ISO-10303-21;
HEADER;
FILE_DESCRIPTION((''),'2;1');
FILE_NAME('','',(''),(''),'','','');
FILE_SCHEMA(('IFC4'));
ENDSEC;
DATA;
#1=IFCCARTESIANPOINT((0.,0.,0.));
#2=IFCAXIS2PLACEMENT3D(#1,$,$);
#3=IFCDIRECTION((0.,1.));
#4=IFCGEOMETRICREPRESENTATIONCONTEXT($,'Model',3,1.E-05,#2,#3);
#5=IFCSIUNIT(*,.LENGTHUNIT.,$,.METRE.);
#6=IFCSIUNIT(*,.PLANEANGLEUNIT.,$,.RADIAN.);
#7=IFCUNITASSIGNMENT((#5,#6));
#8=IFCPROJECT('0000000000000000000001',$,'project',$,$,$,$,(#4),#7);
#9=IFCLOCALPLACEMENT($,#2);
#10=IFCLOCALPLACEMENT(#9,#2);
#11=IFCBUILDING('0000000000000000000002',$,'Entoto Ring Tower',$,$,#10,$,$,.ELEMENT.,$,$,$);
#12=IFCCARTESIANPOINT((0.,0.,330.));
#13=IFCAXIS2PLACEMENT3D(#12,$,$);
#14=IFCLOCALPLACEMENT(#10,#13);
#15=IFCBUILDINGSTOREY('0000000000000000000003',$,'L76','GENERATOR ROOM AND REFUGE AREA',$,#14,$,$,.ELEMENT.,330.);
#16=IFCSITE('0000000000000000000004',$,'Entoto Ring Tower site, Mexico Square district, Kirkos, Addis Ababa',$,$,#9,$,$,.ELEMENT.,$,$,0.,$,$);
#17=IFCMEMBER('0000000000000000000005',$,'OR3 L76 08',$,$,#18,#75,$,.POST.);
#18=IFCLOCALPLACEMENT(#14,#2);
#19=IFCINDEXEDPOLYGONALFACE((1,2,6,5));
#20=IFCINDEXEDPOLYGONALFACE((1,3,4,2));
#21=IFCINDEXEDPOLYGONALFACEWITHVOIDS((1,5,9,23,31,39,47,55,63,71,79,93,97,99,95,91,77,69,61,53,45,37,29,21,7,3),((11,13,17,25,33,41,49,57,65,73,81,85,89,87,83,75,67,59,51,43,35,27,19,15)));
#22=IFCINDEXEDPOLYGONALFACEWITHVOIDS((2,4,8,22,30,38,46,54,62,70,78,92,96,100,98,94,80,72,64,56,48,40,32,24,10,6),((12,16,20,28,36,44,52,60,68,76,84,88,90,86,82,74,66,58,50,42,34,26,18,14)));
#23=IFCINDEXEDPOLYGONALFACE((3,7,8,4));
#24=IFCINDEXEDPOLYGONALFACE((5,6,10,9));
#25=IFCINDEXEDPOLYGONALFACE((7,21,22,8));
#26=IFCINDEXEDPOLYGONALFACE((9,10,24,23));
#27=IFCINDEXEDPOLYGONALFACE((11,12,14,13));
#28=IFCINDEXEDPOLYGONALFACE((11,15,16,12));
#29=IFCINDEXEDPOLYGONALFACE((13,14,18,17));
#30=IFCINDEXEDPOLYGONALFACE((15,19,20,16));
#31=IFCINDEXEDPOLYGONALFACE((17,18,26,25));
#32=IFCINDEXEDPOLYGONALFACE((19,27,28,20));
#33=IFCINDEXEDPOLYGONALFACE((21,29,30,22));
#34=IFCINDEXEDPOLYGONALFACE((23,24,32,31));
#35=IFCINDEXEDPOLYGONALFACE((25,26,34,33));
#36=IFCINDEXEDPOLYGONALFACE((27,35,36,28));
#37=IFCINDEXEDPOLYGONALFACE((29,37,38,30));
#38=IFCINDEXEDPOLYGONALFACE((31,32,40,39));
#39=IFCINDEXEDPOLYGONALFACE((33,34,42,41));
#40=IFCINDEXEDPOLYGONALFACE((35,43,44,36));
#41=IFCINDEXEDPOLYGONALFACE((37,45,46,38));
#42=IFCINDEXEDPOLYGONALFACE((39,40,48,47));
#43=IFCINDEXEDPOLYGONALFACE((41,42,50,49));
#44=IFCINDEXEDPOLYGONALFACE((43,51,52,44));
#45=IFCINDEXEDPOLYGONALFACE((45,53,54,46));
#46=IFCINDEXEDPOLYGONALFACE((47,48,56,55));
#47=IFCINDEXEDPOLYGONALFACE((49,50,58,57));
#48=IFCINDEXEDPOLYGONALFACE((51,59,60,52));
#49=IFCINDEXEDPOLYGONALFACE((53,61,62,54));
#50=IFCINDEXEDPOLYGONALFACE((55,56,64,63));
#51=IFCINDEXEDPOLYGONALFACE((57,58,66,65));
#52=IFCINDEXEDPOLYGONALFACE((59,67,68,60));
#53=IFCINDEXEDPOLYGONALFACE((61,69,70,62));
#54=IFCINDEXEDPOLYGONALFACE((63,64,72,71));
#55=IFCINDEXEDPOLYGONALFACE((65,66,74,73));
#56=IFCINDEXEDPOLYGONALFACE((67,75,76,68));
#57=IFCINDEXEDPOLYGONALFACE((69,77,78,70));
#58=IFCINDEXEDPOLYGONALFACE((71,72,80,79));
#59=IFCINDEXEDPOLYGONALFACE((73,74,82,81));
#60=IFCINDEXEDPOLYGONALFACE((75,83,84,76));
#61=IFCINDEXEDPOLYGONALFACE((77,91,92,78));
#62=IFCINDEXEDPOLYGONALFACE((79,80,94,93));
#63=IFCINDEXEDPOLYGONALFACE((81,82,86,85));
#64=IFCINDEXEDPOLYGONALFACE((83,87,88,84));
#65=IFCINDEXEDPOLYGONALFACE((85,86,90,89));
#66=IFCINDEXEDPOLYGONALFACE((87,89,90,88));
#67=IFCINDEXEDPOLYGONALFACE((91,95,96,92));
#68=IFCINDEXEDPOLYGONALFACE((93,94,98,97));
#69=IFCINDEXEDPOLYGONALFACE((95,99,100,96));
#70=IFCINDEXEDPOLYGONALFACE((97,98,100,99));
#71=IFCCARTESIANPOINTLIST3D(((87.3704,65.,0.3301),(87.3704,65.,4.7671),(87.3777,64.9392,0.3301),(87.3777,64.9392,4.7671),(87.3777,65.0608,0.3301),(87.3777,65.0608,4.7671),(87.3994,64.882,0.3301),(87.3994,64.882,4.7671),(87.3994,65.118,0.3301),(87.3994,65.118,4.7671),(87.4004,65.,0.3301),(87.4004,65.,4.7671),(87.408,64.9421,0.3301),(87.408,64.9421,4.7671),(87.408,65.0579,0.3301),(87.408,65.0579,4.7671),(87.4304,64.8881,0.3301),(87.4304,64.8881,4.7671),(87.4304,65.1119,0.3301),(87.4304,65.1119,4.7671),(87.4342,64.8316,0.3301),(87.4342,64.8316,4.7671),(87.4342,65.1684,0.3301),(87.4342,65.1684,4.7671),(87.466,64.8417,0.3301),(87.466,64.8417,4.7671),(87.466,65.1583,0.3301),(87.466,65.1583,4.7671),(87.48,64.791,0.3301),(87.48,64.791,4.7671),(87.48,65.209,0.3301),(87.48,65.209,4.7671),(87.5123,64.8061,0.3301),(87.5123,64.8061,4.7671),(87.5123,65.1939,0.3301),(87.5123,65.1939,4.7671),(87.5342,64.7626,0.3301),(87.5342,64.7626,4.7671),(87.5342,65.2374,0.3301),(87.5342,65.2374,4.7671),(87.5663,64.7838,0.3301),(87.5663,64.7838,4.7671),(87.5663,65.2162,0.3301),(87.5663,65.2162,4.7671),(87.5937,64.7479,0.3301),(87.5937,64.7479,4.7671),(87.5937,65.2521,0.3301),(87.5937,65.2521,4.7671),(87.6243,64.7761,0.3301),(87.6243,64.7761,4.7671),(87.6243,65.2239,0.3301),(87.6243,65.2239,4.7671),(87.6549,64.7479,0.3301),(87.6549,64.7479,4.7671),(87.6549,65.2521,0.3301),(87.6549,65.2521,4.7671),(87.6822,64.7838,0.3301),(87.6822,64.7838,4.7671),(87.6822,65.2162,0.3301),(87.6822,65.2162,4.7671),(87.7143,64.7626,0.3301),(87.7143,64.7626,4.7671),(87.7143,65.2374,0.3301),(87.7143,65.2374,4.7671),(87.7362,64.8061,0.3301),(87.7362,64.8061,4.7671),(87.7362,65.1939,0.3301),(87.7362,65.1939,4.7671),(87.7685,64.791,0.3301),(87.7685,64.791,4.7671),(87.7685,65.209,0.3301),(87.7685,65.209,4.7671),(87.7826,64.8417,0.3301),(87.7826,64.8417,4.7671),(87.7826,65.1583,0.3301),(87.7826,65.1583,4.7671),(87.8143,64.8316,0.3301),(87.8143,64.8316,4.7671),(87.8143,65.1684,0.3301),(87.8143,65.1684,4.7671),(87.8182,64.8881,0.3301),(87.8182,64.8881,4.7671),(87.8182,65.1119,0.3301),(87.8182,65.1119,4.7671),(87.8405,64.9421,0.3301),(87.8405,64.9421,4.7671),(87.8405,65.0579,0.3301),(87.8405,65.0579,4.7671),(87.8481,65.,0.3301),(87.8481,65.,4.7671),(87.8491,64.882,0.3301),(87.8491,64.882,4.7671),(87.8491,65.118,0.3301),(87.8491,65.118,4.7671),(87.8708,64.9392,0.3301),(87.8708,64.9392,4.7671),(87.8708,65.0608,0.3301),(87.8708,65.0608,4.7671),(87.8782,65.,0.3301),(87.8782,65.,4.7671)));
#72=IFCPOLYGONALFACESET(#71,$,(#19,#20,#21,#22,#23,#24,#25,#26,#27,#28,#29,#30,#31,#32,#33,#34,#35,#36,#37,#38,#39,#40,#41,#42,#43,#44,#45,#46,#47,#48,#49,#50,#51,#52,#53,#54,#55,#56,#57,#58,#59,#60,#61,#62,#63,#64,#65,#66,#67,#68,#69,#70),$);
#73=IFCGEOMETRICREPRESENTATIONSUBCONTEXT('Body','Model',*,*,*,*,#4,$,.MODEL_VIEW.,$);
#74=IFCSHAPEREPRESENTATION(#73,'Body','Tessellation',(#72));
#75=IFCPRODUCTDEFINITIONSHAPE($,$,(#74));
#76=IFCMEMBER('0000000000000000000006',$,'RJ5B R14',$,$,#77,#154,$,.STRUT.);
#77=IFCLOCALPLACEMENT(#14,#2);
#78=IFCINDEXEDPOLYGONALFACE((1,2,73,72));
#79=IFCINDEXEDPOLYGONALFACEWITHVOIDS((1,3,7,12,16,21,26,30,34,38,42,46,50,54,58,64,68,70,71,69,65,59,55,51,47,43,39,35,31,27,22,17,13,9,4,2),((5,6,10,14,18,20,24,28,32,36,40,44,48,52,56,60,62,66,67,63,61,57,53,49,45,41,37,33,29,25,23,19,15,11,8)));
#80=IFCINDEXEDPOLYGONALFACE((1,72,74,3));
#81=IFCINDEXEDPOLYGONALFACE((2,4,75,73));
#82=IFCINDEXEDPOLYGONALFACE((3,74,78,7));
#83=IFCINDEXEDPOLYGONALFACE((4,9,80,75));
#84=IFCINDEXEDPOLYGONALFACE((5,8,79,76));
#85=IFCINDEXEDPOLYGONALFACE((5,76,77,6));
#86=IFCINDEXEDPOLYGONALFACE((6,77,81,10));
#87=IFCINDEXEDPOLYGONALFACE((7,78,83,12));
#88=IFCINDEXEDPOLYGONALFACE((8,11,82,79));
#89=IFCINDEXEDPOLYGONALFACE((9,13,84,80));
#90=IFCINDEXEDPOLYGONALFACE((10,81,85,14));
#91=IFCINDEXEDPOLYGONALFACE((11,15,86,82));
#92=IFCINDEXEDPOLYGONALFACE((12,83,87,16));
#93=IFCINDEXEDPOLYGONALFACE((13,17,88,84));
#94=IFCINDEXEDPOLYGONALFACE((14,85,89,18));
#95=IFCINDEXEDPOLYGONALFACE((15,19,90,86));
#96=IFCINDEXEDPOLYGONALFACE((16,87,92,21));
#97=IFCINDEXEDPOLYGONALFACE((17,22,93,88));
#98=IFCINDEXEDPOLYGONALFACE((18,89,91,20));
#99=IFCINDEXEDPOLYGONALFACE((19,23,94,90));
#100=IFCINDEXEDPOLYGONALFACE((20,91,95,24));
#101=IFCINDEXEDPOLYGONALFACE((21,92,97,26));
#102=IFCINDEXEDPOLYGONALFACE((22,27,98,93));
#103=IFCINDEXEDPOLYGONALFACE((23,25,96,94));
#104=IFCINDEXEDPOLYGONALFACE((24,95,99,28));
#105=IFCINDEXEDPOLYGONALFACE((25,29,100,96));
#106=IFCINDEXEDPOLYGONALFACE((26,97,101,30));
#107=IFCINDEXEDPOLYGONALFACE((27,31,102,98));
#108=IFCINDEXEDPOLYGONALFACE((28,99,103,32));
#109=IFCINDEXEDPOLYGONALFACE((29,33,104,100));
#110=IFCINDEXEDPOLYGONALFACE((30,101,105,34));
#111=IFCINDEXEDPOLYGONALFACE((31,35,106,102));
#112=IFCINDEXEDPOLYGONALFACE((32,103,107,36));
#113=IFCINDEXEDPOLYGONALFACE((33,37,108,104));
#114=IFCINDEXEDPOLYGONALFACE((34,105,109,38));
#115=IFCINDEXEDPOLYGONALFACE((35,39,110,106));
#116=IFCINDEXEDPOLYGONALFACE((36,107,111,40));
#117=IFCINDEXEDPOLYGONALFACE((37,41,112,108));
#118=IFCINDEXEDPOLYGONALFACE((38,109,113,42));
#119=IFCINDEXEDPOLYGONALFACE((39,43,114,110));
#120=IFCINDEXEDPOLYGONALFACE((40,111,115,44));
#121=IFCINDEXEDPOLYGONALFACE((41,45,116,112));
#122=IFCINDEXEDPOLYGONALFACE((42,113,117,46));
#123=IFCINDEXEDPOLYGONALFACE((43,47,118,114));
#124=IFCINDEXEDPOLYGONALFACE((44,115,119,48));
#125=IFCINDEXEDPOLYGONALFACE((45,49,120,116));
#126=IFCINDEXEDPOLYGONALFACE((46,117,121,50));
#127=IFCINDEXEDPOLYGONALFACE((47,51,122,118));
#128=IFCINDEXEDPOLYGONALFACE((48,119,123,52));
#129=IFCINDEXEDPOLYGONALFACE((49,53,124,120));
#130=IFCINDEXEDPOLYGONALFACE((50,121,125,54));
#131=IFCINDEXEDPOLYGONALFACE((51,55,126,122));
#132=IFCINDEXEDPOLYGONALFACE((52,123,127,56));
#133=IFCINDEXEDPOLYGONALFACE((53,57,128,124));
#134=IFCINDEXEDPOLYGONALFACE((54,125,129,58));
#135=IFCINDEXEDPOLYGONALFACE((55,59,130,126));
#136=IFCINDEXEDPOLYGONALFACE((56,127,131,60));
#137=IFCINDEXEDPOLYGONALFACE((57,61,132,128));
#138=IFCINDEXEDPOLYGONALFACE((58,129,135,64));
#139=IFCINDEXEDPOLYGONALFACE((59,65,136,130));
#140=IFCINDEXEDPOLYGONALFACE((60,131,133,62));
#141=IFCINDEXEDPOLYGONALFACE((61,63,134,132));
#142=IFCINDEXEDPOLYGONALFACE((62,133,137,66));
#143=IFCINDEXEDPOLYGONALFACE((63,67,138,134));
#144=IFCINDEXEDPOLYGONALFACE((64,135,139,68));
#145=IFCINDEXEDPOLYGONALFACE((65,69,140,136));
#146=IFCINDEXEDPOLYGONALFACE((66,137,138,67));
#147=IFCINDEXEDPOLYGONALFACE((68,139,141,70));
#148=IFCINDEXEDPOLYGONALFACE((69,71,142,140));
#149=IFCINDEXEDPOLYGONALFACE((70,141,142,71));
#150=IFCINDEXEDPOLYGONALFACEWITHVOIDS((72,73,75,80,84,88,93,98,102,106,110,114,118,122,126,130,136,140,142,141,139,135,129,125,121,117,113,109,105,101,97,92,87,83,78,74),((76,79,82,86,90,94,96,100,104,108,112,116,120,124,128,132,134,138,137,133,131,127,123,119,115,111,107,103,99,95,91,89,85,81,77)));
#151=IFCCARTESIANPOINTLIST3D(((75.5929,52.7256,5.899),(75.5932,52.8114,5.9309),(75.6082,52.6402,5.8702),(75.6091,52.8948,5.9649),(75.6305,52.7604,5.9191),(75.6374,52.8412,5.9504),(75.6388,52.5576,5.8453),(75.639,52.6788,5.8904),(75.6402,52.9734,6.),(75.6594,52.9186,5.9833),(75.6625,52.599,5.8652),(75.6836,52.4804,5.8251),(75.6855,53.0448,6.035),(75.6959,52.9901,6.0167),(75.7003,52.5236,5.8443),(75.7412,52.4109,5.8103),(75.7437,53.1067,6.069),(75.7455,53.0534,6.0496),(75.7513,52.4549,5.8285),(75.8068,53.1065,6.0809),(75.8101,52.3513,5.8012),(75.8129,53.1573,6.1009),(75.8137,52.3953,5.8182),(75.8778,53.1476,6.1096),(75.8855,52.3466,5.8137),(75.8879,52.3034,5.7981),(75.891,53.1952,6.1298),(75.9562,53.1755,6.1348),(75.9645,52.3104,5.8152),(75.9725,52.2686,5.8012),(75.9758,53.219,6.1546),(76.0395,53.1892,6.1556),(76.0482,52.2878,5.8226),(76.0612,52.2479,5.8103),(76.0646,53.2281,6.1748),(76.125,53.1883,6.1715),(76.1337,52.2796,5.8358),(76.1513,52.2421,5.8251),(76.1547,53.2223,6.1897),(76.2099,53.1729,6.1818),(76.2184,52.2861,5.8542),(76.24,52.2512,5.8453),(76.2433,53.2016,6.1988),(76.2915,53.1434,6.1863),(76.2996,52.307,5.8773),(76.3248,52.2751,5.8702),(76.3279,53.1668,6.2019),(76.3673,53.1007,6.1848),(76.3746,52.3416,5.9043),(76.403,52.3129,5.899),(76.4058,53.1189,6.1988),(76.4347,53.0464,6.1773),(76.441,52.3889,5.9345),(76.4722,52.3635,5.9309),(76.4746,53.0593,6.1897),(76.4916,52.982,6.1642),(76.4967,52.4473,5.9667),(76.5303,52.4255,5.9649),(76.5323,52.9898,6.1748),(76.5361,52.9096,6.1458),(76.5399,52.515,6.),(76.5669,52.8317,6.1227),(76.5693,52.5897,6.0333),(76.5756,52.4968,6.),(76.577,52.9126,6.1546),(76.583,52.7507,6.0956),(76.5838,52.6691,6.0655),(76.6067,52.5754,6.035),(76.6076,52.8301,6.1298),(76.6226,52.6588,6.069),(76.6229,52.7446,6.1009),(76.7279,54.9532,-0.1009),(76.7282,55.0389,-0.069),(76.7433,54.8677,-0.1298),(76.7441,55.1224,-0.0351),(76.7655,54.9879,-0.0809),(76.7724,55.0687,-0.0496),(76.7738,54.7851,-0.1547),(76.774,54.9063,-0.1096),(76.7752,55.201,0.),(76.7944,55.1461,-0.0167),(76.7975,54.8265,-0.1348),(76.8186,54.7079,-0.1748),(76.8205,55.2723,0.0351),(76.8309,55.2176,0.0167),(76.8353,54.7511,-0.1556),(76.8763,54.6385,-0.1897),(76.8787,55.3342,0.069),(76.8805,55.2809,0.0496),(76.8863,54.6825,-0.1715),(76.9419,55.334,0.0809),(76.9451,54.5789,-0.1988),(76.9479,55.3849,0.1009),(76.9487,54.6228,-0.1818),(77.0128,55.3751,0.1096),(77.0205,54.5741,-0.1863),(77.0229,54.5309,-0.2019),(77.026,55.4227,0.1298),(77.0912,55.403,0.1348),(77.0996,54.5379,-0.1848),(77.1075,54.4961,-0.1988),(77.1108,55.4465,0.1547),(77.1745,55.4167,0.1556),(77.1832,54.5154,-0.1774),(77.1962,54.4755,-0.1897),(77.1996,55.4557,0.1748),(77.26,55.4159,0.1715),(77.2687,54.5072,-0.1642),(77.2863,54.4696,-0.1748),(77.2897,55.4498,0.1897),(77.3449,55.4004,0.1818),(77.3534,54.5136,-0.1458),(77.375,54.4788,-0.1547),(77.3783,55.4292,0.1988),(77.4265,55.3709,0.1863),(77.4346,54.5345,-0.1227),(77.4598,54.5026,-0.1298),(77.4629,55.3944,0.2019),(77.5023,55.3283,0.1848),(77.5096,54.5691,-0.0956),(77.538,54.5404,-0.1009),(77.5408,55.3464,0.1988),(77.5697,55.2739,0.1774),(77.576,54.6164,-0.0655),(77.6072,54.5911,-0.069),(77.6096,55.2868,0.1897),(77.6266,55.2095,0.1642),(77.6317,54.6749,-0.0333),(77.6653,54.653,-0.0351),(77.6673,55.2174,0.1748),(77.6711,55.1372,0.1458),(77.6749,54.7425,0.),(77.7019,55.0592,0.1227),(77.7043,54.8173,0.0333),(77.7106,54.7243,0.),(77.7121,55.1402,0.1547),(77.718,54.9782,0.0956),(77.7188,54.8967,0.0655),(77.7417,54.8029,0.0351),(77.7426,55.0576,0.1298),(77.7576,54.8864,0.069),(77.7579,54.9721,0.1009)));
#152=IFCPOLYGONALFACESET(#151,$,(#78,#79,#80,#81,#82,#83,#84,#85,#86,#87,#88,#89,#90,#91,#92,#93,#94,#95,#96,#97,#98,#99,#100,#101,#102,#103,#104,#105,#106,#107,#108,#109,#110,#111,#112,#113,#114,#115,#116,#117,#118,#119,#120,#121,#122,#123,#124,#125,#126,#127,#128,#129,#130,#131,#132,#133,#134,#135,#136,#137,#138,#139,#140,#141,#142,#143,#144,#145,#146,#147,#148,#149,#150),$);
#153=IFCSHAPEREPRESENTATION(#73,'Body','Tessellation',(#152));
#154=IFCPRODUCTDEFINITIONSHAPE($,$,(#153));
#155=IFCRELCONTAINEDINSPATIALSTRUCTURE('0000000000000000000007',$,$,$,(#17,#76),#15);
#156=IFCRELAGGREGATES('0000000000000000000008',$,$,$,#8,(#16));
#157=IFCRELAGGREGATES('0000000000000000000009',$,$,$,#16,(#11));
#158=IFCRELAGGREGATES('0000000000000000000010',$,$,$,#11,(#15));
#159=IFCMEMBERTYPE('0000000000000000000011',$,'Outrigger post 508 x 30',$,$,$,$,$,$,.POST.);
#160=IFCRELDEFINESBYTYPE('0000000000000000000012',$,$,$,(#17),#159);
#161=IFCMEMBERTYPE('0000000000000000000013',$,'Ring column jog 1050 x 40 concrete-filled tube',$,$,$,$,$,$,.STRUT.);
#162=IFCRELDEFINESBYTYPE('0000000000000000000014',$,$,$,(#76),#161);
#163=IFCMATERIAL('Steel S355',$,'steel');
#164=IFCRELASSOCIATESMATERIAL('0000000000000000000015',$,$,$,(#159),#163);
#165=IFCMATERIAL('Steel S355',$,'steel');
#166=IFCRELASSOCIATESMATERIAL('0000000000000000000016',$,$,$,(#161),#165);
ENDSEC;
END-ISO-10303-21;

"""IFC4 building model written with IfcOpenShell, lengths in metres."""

from ifc_helpers import new_model, si_unit, direction, frame, origin, origin_2d, place, context, subcontext, project, spatial, circle, hollow_circle, extrude, material, material_profile, profile_set, type_object, element, save


model = new_model("IFC4")

# Units and contexts
model_context = context("Model", 3, precision=1e-05, world=origin(), true_north=direction((0.0, 1.0)))
body_context = subcontext(model_context, "Body", "Model", "MODEL_VIEW")
ifc_project = project(units=[si_unit("LENGTHUNIT", "METRE"), si_unit("PLANEANGLEUNIT", "RADIAN")], contexts=[model_context])

# Site, building, storey
site_placement = place(None, origin())
site = spatial("IfcSite", under=ifc_project, at=site_placement, Name="Entoto Ring Tower site, Mexico Square district, Kirkos, Addis Ababa", CompositionType="ELEMENT", RefElevation=0.0)
building_placement = place(site_placement, origin())
building = spatial("IfcBuilding", under=site, at=building_placement, Name="Entoto Ring Tower", CompositionType="ELEMENT")
storey_placement = place(building_placement, frame((0.0, 0.0, 330.0)))
storey = spatial("IfcBuildingStorey", under=building, at=storey_placement, Name="L76", Description="GENERATOR ROOM AND REFUGE AREA", CompositionType="ELEMENT", Elevation=330.0)

# Members
ifc_material_1 = material(Name="Steel S355", Category="steel")
ifc_material_profile_1 = material_profile(ifc_material_1, hollow_circle(Radius=0.2539, WallThickness=0.03, at=origin_2d()), Name="CHS 508 x 30")
ifc_material_2 = material(Name="Concrete C60/75", Category="concrete")
ifc_material_profile_2 = material_profile(ifc_material_2, circle(Radius=0.2241, at=origin_2d()), Name="Concrete C60/75 infill")
ifc_profile_set_1 = profile_set([ifc_material_profile_1, ifc_material_profile_2], Name="Steel S355")
member_type_1 = type_object("IfcMemberType", Name="Outrigger post 508 x 30", PredefinedType="POST", material=ifc_profile_set_1)
member_1_placement = place(storey_placement, frame((87.6243, 65.0, 0.3301), z_axis=(0.0, 0.0, 1.0), x_axis=(1.0, 0.0, 0.0)))
element("IfcMember", 1, at=member_1_placement, inside=storey, type_object=member_type_1, Name="OR3 L76 08", PredefinedType="POST", context=body_context, shape_type="SweptSolid", body=[
    extrude(hollow_circle(Radius=0.2539, WallThickness=0.03, at=origin_2d()), origin(), (0.0, 0.0, 1.0), 4.437),
])
ifc_material_3 = material(Name="Steel S355", Category="steel")
ifc_material_profile_3 = material_profile(ifc_material_3, hollow_circle(Radius=0.5249, WallThickness=0.04, at=origin_2d()), Name="CHS 1050 x 40")
ifc_material_4 = material(Name="Concrete C60/75", Category="concrete")
ifc_material_profile_4 = material_profile(ifc_material_4, circle(Radius=0.4851, at=origin_2d()), Name="Concrete C60/75 infill")
ifc_profile_set_2 = profile_set([ifc_material_profile_3, ifc_material_profile_4], Name="Steel S355")
member_type_2 = type_object("IfcMemberType", Name="Ring column jog 1050 x 40 concrete-filled tube", PredefinedType="STRUT", material=ifc_profile_set_2)
for number, where, z_axis, x_axis, name in (
    (2, (77.2429, 54.9626, 0.0), (-0.174617, -0.342698, 0.923075), (0.891003, -0.453997, 0.0), "RJ5B R14"),
):
    element("IfcMember", number, at=place(storey_placement, frame(where, z_axis=z_axis, x_axis=x_axis)), inside=storey, type_object=member_type_2, Name=name, PredefinedType="STRUT", context=body_context, shape_type="SweptSolid", body=[
        extrude(hollow_circle(Radius=0.5249, WallThickness=0.04, at=origin_2d()), origin(), (0.0, 0.0, 1.0), 6.5),
    ])

save(model, "model.ifc")
